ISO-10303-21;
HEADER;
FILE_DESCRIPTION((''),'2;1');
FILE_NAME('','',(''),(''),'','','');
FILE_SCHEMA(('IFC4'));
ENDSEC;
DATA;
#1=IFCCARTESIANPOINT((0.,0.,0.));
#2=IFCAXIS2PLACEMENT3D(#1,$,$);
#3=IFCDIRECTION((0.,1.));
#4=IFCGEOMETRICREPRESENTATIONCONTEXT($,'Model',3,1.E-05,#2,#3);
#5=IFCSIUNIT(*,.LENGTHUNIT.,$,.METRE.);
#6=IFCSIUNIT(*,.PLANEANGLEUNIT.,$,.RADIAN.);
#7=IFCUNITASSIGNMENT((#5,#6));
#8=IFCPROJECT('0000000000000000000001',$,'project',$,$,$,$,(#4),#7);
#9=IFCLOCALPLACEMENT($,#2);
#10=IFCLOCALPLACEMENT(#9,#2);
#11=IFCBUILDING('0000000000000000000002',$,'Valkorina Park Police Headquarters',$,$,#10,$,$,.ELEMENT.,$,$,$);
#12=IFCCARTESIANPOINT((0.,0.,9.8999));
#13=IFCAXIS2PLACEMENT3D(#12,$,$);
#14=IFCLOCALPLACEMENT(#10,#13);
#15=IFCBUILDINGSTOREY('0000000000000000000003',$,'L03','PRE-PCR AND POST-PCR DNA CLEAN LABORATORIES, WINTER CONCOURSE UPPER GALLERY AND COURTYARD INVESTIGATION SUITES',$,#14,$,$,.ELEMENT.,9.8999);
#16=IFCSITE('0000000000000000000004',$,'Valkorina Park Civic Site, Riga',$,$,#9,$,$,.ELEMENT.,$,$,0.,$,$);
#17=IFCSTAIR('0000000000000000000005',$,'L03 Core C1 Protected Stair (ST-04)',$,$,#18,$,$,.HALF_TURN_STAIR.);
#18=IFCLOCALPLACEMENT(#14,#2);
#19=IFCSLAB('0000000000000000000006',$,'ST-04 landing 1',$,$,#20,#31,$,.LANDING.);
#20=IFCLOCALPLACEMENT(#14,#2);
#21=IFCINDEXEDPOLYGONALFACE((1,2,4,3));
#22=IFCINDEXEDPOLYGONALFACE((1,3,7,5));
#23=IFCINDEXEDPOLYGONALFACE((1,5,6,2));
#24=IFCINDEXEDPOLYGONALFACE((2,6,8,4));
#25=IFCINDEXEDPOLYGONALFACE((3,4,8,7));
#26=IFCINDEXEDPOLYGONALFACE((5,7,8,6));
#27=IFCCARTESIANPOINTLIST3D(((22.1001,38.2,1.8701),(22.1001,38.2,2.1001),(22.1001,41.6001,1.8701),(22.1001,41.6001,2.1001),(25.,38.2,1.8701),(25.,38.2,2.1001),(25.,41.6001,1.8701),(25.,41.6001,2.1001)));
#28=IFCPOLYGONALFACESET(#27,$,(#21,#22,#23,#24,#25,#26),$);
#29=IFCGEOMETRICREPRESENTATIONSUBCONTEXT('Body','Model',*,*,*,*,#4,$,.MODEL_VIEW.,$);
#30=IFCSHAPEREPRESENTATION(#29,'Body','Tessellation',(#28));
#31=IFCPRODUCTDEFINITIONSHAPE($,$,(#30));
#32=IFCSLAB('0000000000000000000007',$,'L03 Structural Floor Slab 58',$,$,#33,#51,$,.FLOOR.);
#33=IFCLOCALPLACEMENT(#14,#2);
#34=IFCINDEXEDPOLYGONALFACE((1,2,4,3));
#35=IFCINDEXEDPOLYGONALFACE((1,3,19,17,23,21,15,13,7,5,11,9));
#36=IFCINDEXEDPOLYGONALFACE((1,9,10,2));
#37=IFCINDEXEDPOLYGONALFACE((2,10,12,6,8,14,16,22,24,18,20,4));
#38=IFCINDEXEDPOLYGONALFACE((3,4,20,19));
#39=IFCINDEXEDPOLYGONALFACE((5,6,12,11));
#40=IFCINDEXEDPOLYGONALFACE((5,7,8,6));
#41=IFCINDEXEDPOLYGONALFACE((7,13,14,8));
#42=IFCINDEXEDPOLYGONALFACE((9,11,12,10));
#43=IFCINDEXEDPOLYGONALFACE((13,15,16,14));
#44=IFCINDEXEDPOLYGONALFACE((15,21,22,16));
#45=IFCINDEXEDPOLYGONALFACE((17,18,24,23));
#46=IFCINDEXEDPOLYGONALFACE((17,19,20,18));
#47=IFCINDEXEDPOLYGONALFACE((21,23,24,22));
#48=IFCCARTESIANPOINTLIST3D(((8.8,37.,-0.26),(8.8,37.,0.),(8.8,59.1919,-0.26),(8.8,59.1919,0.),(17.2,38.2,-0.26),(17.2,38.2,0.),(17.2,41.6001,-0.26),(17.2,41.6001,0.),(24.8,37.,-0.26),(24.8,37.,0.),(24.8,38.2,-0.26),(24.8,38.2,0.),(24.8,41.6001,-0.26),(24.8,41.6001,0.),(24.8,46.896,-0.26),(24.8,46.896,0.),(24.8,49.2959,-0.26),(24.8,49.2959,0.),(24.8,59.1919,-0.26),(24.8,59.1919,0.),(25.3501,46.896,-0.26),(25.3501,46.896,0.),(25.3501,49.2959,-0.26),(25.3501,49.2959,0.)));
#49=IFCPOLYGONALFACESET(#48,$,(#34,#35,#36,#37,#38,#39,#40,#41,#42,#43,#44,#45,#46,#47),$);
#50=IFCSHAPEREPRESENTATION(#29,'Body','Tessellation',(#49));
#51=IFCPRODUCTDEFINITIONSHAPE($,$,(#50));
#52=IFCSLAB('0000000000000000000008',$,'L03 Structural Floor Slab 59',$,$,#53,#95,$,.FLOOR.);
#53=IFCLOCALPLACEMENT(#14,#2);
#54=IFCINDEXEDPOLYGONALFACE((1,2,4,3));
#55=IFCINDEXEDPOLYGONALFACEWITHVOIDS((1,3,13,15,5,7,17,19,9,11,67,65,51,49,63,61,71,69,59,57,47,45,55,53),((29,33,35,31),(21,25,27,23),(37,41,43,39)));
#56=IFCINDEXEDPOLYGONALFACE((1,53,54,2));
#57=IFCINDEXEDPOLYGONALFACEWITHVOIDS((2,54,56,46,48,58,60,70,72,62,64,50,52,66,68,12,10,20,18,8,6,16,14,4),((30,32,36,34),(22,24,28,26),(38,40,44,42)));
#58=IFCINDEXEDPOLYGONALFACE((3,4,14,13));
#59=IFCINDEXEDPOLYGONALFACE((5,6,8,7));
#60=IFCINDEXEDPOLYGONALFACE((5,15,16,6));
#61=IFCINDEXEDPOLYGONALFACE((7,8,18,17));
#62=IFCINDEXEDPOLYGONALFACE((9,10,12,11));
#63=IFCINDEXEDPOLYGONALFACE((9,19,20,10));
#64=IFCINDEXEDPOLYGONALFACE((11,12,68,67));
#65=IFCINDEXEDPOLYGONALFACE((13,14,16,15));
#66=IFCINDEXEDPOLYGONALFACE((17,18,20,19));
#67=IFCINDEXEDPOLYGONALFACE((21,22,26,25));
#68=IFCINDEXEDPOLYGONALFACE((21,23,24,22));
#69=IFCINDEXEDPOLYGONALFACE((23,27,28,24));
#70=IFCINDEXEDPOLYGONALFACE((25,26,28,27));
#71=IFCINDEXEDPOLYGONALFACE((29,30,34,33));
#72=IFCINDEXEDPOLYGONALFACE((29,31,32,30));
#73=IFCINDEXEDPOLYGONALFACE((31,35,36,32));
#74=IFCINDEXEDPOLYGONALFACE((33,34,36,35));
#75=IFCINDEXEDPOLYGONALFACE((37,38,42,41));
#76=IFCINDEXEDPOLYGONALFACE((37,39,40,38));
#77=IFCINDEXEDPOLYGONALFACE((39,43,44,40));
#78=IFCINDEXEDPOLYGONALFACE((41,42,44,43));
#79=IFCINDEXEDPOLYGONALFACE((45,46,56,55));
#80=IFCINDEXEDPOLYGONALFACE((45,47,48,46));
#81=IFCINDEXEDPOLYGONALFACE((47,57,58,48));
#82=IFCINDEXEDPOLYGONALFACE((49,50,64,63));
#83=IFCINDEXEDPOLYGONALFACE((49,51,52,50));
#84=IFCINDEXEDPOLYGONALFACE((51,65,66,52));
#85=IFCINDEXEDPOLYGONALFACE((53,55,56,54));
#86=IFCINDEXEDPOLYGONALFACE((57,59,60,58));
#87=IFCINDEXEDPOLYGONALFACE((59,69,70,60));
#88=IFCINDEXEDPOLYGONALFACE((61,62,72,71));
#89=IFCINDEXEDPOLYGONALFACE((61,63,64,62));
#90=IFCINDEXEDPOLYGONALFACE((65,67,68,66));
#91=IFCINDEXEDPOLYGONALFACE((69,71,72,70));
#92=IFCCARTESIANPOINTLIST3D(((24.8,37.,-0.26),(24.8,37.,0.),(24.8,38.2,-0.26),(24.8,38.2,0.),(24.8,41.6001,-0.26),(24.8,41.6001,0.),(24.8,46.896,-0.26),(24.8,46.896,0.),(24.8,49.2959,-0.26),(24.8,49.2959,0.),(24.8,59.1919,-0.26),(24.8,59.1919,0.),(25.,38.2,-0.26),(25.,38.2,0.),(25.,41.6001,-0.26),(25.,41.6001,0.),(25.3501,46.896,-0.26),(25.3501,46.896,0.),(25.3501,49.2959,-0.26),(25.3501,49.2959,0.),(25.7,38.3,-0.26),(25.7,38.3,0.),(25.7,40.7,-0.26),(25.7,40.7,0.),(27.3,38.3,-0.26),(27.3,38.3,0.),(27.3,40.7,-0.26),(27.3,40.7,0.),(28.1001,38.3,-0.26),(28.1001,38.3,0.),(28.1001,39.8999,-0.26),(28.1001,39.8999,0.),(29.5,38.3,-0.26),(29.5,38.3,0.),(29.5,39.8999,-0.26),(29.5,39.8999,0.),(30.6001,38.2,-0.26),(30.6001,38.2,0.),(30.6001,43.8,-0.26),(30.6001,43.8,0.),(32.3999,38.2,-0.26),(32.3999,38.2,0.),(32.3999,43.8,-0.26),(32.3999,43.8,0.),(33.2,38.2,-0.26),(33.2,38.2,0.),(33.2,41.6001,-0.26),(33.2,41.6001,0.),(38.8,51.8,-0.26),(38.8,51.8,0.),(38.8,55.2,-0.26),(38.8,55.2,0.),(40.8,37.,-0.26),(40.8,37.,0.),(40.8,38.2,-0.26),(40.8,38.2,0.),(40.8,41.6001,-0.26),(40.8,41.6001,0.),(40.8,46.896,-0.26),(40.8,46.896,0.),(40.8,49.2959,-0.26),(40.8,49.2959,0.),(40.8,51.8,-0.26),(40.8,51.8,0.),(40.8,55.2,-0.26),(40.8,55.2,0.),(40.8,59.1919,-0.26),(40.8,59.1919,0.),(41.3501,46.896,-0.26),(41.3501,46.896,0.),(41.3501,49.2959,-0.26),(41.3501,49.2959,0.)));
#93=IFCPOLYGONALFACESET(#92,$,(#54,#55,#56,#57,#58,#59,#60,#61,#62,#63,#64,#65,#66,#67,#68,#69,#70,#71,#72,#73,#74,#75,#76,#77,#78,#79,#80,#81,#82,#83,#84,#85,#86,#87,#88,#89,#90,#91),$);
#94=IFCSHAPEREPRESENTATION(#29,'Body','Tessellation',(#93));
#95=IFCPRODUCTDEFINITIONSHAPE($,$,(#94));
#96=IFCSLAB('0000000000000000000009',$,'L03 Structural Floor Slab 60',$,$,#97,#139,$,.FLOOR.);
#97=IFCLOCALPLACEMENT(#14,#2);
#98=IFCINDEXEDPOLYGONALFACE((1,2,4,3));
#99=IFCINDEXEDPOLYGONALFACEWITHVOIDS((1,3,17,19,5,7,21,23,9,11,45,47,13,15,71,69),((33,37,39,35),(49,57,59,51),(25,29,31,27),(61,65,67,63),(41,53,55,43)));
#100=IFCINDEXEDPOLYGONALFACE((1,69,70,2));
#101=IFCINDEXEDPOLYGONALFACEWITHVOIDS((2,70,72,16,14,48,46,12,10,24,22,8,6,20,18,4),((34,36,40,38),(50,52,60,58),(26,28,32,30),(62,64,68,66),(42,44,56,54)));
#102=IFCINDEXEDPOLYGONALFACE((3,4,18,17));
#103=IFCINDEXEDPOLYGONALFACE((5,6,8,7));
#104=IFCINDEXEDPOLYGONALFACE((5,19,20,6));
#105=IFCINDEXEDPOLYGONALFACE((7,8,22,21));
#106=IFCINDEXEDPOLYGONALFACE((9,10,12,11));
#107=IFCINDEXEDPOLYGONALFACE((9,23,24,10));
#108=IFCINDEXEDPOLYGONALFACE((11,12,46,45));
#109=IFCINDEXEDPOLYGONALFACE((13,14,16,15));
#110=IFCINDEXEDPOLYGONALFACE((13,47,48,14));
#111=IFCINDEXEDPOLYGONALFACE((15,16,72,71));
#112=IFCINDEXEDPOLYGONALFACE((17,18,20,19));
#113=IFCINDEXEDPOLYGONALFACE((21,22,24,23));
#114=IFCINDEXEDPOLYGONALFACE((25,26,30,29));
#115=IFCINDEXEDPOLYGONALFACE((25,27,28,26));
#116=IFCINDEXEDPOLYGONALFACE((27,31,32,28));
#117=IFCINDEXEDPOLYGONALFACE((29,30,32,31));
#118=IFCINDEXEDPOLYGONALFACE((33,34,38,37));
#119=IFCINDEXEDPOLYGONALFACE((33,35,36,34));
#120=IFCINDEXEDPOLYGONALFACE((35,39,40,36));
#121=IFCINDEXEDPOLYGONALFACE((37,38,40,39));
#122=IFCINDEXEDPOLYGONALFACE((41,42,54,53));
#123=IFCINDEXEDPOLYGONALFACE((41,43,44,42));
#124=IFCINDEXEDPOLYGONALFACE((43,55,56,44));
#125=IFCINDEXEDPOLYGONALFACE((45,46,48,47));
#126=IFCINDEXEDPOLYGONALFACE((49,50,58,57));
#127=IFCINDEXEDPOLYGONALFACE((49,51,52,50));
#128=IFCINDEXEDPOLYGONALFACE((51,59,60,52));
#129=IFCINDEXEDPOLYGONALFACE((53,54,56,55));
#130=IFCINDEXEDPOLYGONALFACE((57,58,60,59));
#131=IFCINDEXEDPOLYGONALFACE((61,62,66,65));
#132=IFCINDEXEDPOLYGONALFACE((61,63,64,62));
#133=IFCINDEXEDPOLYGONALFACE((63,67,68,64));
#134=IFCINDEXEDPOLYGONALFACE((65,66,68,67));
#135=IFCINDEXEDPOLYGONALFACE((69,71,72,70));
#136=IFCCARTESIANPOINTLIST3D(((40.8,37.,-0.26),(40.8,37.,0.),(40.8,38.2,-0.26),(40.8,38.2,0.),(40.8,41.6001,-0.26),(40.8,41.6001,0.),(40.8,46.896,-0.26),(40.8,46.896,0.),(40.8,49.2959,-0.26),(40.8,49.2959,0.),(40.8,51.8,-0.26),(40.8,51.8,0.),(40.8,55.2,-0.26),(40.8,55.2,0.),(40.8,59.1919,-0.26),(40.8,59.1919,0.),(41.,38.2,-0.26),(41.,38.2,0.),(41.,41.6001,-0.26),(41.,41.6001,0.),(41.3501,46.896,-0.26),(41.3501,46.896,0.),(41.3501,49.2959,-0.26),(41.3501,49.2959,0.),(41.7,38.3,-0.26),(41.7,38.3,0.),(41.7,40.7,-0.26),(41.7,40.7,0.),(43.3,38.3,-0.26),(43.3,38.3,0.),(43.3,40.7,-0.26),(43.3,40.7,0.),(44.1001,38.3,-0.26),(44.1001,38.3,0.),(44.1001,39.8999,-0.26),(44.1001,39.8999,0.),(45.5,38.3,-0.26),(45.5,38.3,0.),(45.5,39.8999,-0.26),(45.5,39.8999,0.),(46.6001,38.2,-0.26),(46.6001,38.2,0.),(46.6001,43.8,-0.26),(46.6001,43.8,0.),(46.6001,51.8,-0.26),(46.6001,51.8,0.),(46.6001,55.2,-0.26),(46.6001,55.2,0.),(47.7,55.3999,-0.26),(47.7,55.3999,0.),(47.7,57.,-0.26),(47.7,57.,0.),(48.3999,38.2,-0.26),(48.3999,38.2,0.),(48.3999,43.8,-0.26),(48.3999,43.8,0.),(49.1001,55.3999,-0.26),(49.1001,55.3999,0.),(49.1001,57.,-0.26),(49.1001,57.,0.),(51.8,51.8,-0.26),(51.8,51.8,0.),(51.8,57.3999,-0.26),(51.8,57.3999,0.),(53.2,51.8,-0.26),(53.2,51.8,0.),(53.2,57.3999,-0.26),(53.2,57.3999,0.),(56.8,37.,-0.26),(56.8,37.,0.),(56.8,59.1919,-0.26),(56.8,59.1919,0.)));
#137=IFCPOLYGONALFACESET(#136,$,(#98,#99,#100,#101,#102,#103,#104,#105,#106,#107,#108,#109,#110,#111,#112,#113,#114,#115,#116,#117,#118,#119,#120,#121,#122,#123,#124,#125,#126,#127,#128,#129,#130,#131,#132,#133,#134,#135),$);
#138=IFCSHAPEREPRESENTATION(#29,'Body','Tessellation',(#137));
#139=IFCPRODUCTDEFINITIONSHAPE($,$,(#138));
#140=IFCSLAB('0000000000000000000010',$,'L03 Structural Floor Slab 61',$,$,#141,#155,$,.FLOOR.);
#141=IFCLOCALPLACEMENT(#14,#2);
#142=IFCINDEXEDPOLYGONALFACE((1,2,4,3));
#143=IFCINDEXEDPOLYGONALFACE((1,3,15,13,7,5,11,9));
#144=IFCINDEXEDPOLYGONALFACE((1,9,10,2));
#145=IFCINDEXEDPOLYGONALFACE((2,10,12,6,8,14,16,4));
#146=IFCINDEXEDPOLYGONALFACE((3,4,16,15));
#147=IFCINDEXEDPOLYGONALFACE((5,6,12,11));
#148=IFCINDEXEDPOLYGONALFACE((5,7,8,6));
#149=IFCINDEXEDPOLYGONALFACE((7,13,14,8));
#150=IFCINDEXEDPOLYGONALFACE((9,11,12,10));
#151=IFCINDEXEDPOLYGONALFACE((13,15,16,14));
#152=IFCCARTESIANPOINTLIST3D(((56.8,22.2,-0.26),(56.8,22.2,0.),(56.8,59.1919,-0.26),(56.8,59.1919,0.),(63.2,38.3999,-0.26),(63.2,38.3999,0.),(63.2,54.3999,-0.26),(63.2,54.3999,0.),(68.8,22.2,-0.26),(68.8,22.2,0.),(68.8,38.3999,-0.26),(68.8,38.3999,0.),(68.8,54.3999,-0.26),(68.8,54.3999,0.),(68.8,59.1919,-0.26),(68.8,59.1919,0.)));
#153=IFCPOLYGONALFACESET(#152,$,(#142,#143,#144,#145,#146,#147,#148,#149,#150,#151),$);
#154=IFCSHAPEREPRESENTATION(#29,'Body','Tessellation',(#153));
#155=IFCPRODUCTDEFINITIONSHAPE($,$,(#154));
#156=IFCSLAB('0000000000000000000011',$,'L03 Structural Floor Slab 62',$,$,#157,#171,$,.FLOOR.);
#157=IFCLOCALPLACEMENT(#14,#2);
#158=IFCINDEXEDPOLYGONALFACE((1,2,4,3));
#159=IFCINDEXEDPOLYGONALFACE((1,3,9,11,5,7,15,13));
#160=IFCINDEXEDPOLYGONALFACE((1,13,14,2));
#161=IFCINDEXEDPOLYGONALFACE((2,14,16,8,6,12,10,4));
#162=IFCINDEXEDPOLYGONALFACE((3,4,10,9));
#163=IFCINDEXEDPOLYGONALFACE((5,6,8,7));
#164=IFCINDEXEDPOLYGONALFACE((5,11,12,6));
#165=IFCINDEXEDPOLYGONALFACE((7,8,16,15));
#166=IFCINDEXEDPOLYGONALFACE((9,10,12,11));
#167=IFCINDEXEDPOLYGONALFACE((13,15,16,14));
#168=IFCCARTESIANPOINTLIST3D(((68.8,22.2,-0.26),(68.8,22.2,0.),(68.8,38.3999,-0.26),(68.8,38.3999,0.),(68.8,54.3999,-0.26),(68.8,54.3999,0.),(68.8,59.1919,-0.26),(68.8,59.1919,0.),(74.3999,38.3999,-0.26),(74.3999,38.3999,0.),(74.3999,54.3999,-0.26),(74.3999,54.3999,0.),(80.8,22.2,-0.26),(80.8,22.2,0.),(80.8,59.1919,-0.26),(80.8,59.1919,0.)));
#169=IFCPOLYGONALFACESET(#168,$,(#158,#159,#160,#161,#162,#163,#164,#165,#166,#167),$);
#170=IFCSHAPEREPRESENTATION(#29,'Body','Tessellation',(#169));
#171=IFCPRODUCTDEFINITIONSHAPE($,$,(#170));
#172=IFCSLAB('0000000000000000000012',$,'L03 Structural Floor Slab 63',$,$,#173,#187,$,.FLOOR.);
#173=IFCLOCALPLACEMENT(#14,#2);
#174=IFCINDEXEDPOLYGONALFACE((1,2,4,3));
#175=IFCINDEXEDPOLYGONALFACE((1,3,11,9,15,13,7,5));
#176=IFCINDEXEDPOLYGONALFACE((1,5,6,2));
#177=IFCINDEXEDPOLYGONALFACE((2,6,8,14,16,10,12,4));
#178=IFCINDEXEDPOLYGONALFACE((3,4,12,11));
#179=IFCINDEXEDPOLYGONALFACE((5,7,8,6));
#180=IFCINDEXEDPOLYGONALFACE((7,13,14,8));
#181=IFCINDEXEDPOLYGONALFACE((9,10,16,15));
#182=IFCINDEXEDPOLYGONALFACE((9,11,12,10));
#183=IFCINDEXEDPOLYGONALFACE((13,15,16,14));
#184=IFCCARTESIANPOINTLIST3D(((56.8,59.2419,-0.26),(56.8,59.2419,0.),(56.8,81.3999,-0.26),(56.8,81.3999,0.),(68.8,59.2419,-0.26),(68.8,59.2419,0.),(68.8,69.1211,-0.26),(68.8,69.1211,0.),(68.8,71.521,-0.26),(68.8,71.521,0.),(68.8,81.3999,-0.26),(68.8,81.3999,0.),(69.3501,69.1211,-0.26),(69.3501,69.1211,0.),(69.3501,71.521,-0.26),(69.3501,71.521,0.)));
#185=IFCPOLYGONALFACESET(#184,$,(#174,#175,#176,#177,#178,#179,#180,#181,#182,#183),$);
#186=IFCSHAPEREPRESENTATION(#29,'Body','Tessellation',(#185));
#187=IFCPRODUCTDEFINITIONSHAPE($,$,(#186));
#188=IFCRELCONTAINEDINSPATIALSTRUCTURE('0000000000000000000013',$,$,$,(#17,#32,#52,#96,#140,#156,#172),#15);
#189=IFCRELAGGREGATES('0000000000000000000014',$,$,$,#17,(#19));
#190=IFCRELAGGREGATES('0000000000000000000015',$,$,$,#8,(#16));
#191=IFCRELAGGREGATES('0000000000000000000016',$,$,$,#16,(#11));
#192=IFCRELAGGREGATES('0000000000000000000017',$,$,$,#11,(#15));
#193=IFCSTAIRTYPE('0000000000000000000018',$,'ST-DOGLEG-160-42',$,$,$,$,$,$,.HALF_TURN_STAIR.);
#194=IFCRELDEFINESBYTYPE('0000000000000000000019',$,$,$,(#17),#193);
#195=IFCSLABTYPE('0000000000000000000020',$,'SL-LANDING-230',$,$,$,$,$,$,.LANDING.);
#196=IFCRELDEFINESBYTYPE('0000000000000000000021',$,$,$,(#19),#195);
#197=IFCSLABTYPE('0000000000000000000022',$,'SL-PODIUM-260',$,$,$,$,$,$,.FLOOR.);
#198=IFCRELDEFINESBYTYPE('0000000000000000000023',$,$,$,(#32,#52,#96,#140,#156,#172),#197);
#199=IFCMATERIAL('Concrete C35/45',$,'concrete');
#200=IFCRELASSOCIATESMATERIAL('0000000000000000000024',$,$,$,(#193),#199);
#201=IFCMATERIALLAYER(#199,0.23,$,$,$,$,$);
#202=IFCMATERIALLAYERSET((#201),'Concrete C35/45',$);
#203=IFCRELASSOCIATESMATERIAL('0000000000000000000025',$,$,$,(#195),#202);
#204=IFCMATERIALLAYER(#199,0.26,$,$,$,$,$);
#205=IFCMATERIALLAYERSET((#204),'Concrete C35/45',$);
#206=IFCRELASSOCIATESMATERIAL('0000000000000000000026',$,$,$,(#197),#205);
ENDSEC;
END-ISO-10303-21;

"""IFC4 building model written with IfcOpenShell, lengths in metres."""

from ifc_helpers import new_model, si_unit, direction, frame, origin, place, context, subcontext, project, spatial, polyline, outline, extrude, material, layer, layer_set, type_object, element, aggregate, save


model = new_model("IFC4")

# Units and contexts
model_context = context("Model", 3, precision=1e-05, world=origin(), true_north=direction((0.0, 1.0)))
body_context = subcontext(model_context, "Body", "Model", "MODEL_VIEW")
ifc_project = project(units=[si_unit("LENGTHUNIT", "METRE"), si_unit("PLANEANGLEUNIT", "RADIAN")], contexts=[model_context])

# Site, building, storey
site_placement = place(None, origin())
site = spatial("IfcSite", under=ifc_project, at=site_placement, Name="Valkorina Park Civic Site, Riga", CompositionType="ELEMENT", RefElevation=0.0)
building_placement = place(site_placement, origin())
building = spatial("IfcBuilding", under=site, at=building_placement, Name="Valkorina Park Police Headquarters", CompositionType="ELEMENT")
storey_placement = place(building_placement, frame((0.0, 0.0, 9.8999)))
storey = spatial("IfcBuildingStorey", under=building, at=storey_placement, Name="L03", Description="PRE-PCR AND POST-PCR DNA CLEAN LABORATORIES, WINTER CONCOURSE UPPER GALLERY AND COURTYARD INVESTIGATION SUITES", CompositionType="ELEMENT", Elevation=9.8999)

# Stair, slab
ifc_material_1 = material(Name="Concrete C35/45", Category="concrete")
stair_type = type_object("IfcStairType", Name="ST-DOGLEG-160-42", PredefinedType="HALF_TURN_STAIR", material=ifc_material_1)
stair_placement = place(storey_placement, origin())
stair = element("IfcStair", 1, at=stair_placement, inside=storey, type_object=stair_type, Name="L03 Core C1 Protected Stair (ST-04)", PredefinedType="HALF_TURN_STAIR")
ifc_layer_1 = layer(ifc_material_1, 0.23)
ifc_layer_set_1 = layer_set([ifc_layer_1], Name="Concrete C35/45")
slab_type_1 = type_object("IfcSlabType", Name="SL-LANDING-230", PredefinedType="LANDING", material=ifc_layer_set_1)
slab_1_placement = place(storey_placement, frame((0.0, 0.0, 1.8701)))
slab_1 = element("IfcSlab", 2, at=slab_1_placement, type_object=slab_type_1, Name="ST-04 landing 1", PredefinedType="LANDING", context=body_context, shape_type="SweptSolid", body=[
    extrude(outline(polyline([(22.1001, 38.2), (25.0, 38.2), (25.0, 41.6001), (22.1001, 41.6001), (22.1001, 38.2)])), origin(), (0.0, 0.0, 1.0), 0.23),
])
aggregate(stair, [slab_1])

# Slabs
ifc_layer_2 = layer(ifc_material_1, 0.26)
ifc_layer_set_2 = layer_set([ifc_layer_2], Name="Concrete C35/45")
slab_type_2 = type_object("IfcSlabType", Name="SL-PODIUM-260", PredefinedType="FLOOR", material=ifc_layer_set_2)
slab_2_placement = place(storey_placement, frame((0.0, 0.0, -0.26)))
element("IfcSlab", 3, at=slab_2_placement, inside=storey, type_object=slab_type_2, Name="L03 Structural Floor Slab 58", PredefinedType="FLOOR", context=body_context, shape_type="SweptSolid", body=[
    extrude(outline(polyline([(25.3501, 49.2959), (24.8, 49.2959), (24.8, 59.1919), (8.8, 59.1919), (8.8, 37.0), (24.8, 37.0), (24.8, 38.2), (17.2, 38.2), (17.2, 41.6001), (24.8, 41.6001), (24.8, 46.896), (25.3501, 46.896), (25.3501, 49.2959)])), origin(), (0.0, 0.0, 1.0), 0.26),
])
slab_3_placement = place(storey_placement, frame((0.0, 0.0, -0.26)))
element("IfcSlab", 4, at=slab_3_placement, inside=storey, type_object=slab_type_2, Name="L03 Structural Floor Slab 59", PredefinedType="FLOOR", context=body_context, shape_type="SweptSolid", body=[
    extrude(outline(polyline([(41.3501, 49.2959), (40.8, 49.2959), (40.8, 51.8), (38.8, 51.8), (38.8, 55.2), (40.8, 55.2), (40.8, 59.1919), (24.8, 59.1919), (24.8, 49.2959), (25.3501, 49.2959), (25.3501, 46.896), (24.8, 46.896), (24.8, 41.6001), (25.0, 41.6001), (25.0, 38.2), (24.8, 38.2), (24.8, 37.0), (40.8, 37.0), (40.8, 38.2), (33.2, 38.2), (33.2, 41.6001), (40.8, 41.6001), (40.8, 46.896), (41.3501, 46.896), (41.3501, 49.2959)]), holes=[polyline([(29.5, 38.3), (28.1001, 38.3), (28.1001, 39.8999), (29.5, 39.8999), (29.5, 38.3)]), polyline([(27.3, 38.3), (25.7, 38.3), (25.7, 40.7), (27.3, 40.7), (27.3, 38.3)]), polyline([(32.3999, 38.2), (30.6001, 38.2), (30.6001, 43.8), (32.3999, 43.8), (32.3999, 38.2)])]), origin(), (0.0, 0.0, 1.0), 0.26),
])
slab_4_placement = place(storey_placement, frame((0.0, 0.0, -0.26)))
element("IfcSlab", 5, at=slab_4_placement, inside=storey, type_object=slab_type_2, Name="L03 Structural Floor Slab 60", PredefinedType="FLOOR", context=body_context, shape_type="SweptSolid", body=[
    extrude(outline(polyline([(40.8, 59.1919), (40.8, 55.2), (46.6001, 55.2), (46.6001, 51.8), (40.8, 51.8), (40.8, 49.2959), (41.3501, 49.2959), (41.3501, 46.896), (40.8, 46.896), (40.8, 41.6001), (41.0, 41.6001), (41.0, 38.2), (40.8, 38.2), (40.8, 37.0), (56.8, 37.0), (56.8, 59.1919), (40.8, 59.1919)]), holes=[polyline([(45.5, 38.3), (44.1001, 38.3), (44.1001, 39.8999), (45.5, 39.8999), (45.5, 38.3)]), polyline([(43.3, 38.3), (41.7, 38.3), (41.7, 40.7), (43.3, 40.7), (43.3, 38.3)]), polyline([(46.6001, 38.2), (46.6001, 43.8), (48.3999, 43.8), (48.3999, 38.2), (46.6001, 38.2)]), polyline([(53.2, 51.8), (51.8, 51.8), (51.8, 57.3999), (53.2, 57.3999), (53.2, 51.8)]), polyline([(49.1001, 55.3999), (47.7, 55.3999), (47.7, 57.0), (49.1001, 57.0), (49.1001, 55.3999)])]), origin(), (0.0, 0.0, 1.0), 0.26),
])
slab_5_placement = place(storey_placement, frame((0.0, 0.0, -0.26)))
element("IfcSlab", 6, at=slab_5_placement, inside=storey, type_object=slab_type_2, Name="L03 Structural Floor Slab 61", PredefinedType="FLOOR", context=body_context, shape_type="SweptSolid", body=[
    extrude(outline(polyline([(68.8, 22.2), (68.8, 38.3999), (63.2, 38.3999), (63.2, 54.3999), (68.8, 54.3999), (68.8, 59.1919), (56.8, 59.1919), (56.8, 22.2), (68.8, 22.2)])), origin(), (0.0, 0.0, 1.0), 0.26),
])
slab_6_placement = place(storey_placement, frame((0.0, 0.0, -0.26)))
element("IfcSlab", 7, at=slab_6_placement, inside=storey, type_object=slab_type_2, Name="L03 Structural Floor Slab 62", PredefinedType="FLOOR", context=body_context, shape_type="SweptSolid", body=[
    extrude(outline(polyline([(68.8, 59.1919), (68.8, 54.3999), (74.3999, 54.3999), (74.3999, 38.3999), (68.8, 38.3999), (68.8, 22.2), (80.8, 22.2), (80.8, 59.1919), (68.8, 59.1919)])), origin(), (0.0, 0.0, 1.0), 0.26),
])
slab_7_placement = place(storey_placement, frame((0.0, 0.0, -0.26)))
element("IfcSlab", 8, at=slab_7_placement, inside=storey, type_object=slab_type_2, Name="L03 Structural Floor Slab 63", PredefinedType="FLOOR", context=body_context, shape_type="SweptSolid", body=[
    extrude(outline(polyline([(68.8, 59.2419), (68.8, 69.1211), (69.3501, 69.1211), (69.3501, 71.521), (68.8, 71.521), (68.8, 81.3999), (56.8, 81.3999), (56.8, 59.2419), (68.8, 59.2419)])), origin(), (0.0, 0.0, 1.0), 0.26),
])

save(model, "model.ifc")
